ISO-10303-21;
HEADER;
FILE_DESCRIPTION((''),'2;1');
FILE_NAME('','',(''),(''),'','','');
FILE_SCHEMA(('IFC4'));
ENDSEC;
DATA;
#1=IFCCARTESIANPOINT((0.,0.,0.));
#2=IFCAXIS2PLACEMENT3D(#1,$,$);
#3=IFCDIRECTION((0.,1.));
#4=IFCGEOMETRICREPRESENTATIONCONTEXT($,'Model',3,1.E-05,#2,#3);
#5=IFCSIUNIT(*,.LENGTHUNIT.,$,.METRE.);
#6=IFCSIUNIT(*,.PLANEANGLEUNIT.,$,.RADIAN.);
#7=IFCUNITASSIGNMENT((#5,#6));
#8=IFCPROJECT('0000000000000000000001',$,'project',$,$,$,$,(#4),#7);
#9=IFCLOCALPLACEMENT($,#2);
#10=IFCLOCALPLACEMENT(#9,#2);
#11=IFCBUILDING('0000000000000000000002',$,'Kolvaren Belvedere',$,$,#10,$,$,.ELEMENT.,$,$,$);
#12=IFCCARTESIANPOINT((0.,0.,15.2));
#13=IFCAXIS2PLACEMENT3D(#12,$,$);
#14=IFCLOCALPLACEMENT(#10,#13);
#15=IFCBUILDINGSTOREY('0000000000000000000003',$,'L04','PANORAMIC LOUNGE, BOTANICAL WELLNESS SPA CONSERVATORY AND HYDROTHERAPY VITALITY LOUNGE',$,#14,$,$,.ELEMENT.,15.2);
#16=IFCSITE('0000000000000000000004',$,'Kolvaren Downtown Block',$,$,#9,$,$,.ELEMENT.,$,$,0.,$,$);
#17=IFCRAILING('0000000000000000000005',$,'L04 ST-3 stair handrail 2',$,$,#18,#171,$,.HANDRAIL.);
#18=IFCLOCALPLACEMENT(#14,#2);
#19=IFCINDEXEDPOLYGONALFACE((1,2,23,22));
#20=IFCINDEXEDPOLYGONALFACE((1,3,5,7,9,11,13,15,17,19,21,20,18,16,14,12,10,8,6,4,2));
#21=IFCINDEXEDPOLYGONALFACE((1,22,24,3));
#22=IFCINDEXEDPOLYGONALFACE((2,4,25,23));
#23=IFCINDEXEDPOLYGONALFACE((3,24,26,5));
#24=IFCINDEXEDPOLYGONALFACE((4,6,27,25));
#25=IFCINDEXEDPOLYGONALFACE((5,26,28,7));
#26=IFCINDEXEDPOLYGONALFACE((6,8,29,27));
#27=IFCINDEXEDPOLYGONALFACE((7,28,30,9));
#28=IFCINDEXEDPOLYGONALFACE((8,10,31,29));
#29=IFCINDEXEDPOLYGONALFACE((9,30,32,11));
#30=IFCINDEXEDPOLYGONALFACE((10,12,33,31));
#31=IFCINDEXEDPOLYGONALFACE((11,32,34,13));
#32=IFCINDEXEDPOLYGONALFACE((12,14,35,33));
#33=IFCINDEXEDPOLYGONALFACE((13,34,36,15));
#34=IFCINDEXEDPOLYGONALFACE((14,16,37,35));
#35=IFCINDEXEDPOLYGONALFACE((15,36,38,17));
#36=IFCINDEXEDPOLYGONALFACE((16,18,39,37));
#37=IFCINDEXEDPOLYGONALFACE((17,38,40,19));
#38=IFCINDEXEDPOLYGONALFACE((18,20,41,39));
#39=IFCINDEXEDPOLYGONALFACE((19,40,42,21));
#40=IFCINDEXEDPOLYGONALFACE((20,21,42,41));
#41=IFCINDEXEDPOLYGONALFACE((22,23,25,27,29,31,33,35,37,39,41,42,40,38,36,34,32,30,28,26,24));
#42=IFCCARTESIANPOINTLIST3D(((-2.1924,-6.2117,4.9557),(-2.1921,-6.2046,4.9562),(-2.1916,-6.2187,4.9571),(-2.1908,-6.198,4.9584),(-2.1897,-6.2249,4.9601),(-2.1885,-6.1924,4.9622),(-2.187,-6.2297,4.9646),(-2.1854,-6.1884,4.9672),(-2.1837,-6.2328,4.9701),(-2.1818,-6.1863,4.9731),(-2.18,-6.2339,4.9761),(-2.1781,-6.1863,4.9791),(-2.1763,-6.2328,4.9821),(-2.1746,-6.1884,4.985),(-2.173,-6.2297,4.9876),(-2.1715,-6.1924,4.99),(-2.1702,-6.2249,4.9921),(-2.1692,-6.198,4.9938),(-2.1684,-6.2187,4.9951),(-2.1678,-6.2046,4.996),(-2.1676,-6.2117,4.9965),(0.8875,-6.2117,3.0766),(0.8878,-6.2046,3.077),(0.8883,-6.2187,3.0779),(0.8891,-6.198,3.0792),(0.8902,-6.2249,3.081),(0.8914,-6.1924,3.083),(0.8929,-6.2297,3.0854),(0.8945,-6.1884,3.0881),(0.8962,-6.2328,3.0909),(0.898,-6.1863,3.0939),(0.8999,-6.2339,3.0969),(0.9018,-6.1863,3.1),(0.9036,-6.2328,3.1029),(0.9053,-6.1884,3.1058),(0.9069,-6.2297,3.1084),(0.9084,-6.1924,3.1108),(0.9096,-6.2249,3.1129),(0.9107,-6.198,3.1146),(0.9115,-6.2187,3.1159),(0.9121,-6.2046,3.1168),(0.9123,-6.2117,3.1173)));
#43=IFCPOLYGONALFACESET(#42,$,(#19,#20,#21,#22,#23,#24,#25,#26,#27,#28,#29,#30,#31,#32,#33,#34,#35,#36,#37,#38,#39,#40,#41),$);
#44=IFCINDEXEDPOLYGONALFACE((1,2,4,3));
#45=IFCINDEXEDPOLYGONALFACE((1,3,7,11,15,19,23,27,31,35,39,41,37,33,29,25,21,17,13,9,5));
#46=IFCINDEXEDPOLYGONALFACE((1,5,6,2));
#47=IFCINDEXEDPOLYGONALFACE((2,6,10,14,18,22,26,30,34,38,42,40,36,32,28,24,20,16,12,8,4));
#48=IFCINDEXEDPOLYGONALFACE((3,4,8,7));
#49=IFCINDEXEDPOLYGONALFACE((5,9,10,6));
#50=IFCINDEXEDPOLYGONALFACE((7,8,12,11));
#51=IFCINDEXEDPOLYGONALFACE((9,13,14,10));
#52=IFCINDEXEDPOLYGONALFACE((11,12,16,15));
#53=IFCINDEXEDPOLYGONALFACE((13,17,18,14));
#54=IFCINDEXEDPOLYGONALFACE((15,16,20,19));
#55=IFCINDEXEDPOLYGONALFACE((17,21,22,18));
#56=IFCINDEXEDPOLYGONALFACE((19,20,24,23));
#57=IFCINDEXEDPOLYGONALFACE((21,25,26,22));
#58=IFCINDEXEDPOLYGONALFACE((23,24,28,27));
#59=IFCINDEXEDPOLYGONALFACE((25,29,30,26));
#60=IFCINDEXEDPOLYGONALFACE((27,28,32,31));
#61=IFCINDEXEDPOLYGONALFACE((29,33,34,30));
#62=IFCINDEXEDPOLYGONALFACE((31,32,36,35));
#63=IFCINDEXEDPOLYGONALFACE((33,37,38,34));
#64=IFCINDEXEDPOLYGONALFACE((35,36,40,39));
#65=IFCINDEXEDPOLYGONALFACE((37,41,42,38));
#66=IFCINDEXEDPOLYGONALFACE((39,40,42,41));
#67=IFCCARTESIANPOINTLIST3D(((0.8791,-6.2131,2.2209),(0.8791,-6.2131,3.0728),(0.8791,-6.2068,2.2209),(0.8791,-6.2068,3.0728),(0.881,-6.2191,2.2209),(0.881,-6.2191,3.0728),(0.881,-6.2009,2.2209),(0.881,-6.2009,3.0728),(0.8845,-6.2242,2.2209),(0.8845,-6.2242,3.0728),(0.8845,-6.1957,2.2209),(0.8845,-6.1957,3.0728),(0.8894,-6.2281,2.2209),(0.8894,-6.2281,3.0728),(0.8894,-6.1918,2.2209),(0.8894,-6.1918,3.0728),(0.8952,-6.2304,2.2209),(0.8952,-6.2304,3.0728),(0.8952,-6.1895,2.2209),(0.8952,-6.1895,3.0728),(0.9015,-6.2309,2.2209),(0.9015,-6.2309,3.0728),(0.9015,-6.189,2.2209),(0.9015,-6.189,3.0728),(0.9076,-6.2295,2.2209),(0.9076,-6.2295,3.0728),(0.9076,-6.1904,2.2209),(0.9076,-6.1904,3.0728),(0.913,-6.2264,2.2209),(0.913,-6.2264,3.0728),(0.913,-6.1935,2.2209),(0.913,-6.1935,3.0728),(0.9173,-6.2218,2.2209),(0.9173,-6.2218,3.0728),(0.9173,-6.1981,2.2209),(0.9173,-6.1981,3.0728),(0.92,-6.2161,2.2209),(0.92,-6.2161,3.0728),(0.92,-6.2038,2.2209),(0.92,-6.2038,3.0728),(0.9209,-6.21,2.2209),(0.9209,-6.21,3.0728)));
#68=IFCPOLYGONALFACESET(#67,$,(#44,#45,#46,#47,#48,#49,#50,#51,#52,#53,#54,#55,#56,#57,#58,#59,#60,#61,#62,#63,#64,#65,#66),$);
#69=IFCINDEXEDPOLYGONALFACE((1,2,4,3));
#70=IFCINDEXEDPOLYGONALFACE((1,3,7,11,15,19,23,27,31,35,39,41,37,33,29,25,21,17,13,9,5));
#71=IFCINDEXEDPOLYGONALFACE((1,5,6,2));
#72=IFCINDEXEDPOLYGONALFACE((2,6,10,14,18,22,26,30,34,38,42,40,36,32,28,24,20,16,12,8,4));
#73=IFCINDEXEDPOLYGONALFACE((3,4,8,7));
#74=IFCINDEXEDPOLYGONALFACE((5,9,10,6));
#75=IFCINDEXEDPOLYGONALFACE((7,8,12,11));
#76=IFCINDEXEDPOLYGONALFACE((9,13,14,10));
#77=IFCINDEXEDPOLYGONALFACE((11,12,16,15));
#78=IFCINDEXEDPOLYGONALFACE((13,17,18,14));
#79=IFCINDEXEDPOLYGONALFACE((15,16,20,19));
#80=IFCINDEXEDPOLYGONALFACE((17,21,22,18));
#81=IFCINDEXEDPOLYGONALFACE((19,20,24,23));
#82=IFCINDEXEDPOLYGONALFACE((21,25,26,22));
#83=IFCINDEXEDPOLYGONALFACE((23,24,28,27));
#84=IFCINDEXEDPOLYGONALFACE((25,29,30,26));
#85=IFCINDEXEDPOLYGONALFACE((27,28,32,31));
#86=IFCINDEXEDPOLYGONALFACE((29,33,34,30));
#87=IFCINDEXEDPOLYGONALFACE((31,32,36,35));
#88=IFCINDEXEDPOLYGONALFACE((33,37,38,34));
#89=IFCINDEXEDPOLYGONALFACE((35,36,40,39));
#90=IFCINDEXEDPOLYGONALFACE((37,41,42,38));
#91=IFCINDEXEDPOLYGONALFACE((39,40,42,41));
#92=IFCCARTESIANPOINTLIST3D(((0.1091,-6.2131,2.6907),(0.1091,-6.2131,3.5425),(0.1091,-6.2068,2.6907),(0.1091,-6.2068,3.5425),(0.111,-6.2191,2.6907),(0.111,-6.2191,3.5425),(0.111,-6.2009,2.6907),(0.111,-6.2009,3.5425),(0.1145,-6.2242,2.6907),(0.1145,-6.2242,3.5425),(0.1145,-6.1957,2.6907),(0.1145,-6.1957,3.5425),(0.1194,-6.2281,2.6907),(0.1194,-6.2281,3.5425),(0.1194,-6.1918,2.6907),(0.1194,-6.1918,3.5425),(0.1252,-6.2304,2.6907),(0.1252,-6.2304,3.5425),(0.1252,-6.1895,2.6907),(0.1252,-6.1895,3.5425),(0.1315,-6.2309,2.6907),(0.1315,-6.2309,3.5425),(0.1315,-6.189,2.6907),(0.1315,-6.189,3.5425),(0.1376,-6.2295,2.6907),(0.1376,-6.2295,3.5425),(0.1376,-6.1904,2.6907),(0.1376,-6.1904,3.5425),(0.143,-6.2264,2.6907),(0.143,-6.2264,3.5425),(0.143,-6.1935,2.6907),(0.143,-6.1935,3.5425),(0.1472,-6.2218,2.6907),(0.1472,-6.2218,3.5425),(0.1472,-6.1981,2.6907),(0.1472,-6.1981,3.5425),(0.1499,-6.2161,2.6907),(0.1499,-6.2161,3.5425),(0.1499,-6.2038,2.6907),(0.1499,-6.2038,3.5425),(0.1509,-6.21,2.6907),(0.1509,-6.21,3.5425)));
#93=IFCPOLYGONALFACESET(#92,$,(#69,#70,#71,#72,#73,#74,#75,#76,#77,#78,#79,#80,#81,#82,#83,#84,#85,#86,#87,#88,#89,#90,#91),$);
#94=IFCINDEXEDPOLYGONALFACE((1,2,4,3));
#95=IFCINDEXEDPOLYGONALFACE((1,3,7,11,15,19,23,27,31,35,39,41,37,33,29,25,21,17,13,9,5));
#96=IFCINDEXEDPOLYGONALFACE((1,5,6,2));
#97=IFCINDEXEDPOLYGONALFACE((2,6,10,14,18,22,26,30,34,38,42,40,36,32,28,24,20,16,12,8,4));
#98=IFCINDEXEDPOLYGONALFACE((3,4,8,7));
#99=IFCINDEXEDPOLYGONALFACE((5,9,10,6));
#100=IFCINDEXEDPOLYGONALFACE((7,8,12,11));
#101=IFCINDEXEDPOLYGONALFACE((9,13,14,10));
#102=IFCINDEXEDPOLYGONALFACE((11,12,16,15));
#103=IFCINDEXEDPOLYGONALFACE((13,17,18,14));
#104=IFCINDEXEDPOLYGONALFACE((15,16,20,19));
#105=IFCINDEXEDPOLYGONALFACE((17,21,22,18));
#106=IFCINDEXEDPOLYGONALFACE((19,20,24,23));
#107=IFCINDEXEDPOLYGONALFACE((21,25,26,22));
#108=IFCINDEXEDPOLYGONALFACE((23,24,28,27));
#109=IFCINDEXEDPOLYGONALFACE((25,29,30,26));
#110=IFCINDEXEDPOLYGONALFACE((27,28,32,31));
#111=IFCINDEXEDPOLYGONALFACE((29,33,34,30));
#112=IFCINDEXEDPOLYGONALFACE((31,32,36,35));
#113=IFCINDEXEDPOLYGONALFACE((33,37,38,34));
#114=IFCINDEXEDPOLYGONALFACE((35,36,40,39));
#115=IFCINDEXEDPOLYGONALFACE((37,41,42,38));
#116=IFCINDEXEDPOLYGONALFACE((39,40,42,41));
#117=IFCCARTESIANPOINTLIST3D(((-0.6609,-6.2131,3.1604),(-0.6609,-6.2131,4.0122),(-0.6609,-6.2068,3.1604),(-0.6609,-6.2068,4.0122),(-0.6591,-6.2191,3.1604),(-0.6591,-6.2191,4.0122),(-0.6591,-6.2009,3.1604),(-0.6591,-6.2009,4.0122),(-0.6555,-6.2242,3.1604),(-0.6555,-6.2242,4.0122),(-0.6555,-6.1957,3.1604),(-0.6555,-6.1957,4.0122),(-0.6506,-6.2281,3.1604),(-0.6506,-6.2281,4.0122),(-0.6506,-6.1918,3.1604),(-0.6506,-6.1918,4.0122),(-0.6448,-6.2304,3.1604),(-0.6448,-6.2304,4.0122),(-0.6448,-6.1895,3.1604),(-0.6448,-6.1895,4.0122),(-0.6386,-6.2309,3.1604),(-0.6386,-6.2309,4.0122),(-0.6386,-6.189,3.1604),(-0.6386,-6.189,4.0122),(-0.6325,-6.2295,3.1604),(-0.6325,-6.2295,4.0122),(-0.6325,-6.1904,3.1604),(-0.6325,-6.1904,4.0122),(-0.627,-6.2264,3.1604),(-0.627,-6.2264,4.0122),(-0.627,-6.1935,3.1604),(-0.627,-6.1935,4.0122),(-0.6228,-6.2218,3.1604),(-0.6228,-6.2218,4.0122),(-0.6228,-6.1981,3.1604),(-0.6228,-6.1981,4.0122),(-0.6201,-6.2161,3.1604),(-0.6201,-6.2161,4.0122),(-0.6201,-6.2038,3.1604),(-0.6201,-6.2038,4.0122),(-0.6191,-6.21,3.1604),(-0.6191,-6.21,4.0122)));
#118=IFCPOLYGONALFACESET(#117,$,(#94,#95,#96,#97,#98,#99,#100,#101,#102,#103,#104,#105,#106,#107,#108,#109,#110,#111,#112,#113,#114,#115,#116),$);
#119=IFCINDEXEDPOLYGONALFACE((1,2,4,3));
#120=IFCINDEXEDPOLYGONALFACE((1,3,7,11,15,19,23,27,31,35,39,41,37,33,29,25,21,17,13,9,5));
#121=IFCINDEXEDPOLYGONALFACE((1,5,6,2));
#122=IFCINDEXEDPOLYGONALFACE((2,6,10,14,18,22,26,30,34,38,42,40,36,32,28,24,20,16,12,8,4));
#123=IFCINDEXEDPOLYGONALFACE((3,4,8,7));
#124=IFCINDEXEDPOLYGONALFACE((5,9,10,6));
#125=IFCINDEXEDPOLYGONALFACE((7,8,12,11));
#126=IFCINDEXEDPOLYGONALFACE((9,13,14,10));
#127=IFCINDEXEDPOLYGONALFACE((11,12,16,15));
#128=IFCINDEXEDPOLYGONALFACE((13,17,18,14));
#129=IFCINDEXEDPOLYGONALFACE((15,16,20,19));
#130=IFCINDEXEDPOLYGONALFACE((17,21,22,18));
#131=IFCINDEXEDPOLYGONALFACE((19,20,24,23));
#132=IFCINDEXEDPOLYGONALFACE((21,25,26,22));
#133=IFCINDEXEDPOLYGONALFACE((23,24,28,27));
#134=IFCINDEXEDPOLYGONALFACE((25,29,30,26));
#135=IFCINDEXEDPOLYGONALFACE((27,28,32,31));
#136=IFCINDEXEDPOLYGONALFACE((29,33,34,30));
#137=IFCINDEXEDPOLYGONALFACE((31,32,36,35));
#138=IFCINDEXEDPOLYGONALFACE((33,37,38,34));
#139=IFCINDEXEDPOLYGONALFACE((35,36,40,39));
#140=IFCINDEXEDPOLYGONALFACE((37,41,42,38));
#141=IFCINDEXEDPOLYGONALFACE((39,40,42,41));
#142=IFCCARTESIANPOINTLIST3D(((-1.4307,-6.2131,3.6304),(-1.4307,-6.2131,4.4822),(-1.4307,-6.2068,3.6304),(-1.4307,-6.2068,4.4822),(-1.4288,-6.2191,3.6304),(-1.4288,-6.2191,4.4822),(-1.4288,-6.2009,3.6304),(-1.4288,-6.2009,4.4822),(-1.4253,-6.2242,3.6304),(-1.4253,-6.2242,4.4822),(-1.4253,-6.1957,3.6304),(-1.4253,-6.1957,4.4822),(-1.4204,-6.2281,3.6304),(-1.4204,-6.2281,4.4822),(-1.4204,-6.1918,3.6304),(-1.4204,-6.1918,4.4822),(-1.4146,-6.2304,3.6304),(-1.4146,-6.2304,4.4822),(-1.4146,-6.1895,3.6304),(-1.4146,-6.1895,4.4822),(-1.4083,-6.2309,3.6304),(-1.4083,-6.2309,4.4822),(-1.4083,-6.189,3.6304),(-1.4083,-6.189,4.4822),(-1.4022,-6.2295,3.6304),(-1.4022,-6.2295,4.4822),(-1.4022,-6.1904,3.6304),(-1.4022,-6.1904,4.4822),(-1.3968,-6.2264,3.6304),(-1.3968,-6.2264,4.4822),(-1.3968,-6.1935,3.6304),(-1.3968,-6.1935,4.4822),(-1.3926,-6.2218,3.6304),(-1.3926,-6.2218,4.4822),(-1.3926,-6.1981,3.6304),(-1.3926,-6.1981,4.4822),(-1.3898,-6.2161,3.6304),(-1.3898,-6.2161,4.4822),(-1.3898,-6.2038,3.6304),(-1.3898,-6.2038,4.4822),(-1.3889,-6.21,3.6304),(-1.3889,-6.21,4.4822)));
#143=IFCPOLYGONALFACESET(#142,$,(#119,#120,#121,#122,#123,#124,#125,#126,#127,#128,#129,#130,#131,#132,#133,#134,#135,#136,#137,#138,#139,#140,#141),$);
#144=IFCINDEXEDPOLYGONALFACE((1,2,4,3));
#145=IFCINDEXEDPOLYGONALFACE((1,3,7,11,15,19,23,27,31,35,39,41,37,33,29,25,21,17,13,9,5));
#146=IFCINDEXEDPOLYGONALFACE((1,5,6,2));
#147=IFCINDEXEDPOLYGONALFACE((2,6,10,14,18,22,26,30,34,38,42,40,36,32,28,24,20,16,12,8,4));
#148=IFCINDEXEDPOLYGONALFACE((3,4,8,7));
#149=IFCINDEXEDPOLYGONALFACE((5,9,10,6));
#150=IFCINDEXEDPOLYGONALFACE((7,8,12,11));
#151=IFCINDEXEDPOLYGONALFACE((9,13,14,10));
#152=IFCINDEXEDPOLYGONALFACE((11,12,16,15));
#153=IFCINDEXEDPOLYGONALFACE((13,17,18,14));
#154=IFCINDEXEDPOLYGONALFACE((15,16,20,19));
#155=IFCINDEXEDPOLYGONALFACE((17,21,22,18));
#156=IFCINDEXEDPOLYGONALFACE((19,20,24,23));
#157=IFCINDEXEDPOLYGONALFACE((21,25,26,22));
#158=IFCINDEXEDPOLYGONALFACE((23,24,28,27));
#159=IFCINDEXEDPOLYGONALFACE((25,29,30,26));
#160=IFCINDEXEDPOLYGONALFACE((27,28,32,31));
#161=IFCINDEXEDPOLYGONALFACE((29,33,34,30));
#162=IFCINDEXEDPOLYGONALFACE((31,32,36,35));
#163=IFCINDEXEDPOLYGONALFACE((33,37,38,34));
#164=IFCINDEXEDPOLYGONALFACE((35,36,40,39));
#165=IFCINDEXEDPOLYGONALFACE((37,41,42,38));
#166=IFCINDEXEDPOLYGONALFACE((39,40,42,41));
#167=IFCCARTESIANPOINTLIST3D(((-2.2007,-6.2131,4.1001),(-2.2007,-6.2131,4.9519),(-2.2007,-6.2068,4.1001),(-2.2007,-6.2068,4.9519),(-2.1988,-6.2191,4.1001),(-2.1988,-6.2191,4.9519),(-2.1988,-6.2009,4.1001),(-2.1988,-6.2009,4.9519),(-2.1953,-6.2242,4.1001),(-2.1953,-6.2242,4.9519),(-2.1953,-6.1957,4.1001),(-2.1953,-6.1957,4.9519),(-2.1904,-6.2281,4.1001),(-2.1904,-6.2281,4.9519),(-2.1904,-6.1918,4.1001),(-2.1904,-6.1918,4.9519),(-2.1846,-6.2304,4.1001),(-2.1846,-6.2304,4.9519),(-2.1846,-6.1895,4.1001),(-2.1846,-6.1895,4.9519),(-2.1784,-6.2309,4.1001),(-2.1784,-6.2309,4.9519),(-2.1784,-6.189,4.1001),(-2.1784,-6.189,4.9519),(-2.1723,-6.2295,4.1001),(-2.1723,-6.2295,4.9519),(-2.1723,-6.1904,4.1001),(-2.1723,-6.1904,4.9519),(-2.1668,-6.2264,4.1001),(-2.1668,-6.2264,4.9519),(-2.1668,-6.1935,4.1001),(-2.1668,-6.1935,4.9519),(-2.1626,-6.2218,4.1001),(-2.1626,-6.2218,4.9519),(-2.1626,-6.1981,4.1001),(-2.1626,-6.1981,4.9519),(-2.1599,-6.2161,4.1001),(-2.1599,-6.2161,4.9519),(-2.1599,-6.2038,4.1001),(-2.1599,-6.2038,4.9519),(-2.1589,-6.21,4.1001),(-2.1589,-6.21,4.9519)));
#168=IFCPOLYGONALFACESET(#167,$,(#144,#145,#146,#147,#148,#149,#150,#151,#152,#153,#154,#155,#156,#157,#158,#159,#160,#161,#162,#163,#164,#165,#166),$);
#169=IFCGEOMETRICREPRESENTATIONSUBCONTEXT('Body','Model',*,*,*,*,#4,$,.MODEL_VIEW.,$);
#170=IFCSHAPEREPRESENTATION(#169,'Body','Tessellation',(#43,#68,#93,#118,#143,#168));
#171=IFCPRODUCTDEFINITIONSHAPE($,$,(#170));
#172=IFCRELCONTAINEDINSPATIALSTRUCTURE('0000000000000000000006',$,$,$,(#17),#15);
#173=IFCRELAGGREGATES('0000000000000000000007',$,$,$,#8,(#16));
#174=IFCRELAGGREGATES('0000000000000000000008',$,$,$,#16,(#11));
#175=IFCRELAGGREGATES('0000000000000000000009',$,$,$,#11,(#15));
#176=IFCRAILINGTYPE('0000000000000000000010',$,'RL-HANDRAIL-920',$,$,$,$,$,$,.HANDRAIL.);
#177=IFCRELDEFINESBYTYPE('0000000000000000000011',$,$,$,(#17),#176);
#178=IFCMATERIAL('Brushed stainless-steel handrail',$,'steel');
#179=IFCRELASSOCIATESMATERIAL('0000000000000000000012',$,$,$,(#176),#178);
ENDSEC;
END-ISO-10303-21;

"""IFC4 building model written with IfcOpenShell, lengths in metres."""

from ifc_helpers import new_model, si_unit, direction, frame, origin, origin_2d, place, context, subcontext, project, spatial, circle, extrude, material, type_object, element, save


model = new_model("IFC4")

# Units and contexts
model_context = context("Model", 3, precision=1e-05, world=origin(), true_north=direction((0.0, 1.0)))
body_context = subcontext(model_context, "Body", "Model", "MODEL_VIEW")
ifc_project = project(units=[si_unit("LENGTHUNIT", "METRE"), si_unit("PLANEANGLEUNIT", "RADIAN")], contexts=[model_context])

# Site, building, storey
site_placement = place(None, origin())
site = spatial("IfcSite", under=ifc_project, at=site_placement, Name="Kolvaren Downtown Block", CompositionType="ELEMENT", RefElevation=0.0)
building_placement = place(site_placement, origin())
building = spatial("IfcBuilding", under=site, at=building_placement, Name="Kolvaren Belvedere", CompositionType="ELEMENT")
storey_placement = place(building_placement, frame((0.0, 0.0, 15.2)))
storey = spatial("IfcBuildingStorey", under=building, at=storey_placement, Name="L04", Description="PANORAMIC LOUNGE, BOTANICAL WELLNESS SPA CONSERVATORY AND HYDROTHERAPY VITALITY LOUNGE", CompositionType="ELEMENT", Elevation=15.2)

# Railing
ifc_material_1 = material(Name="Brushed stainless-steel handrail", Category="steel")
railing_type_1 = type_object("IfcRailingType", Name="RL-HANDRAIL-920", PredefinedType="HANDRAIL", material=ifc_material_1)
railing_1_placement = place(storey_placement, frame((0.8999, -6.21, 2.2209)))
element("IfcRailing", 1, at=railing_1_placement, inside=storey, type_object=railing_type_1, Name="L04 ST-3 stair handrail 2", PredefinedType="HANDRAIL", context=body_context, shape_type="SweptSolid", body=[
    extrude(circle(Radius=0.0239, at=origin_2d()), frame((0.0, 0.0, 0.876), z_axis=(-0.853648, 0.0, 0.52085), x_axis=(0.0, -1.0, 0.0)), (0.0, 0.0, 1.0), 3.6079),
    extrude(circle(Radius=0.021, at=origin_2d()), origin(), (0.0, 0.0, 1.0), 0.8518),
    extrude(circle(Radius=0.021, at=origin_2d()), frame((-0.77, 0.0, 0.4697)), (0.0, 0.0, 1.0), 0.8518),
    extrude(circle(Radius=0.021, at=origin_2d()), frame((-1.54, 0.0, 0.9395)), (0.0, 0.0, 1.0), 0.8518),
    extrude(circle(Radius=0.021, at=origin_2d()), frame((-2.3098, 0.0, 1.4094)), (0.0, 0.0, 1.0), 0.8518),
    extrude(circle(Radius=0.021, at=origin_2d()), frame((-3.0798, 0.0, 1.8792)), (0.0, 0.0, 1.0), 0.8518),
])

save(model, "model.ifc")
